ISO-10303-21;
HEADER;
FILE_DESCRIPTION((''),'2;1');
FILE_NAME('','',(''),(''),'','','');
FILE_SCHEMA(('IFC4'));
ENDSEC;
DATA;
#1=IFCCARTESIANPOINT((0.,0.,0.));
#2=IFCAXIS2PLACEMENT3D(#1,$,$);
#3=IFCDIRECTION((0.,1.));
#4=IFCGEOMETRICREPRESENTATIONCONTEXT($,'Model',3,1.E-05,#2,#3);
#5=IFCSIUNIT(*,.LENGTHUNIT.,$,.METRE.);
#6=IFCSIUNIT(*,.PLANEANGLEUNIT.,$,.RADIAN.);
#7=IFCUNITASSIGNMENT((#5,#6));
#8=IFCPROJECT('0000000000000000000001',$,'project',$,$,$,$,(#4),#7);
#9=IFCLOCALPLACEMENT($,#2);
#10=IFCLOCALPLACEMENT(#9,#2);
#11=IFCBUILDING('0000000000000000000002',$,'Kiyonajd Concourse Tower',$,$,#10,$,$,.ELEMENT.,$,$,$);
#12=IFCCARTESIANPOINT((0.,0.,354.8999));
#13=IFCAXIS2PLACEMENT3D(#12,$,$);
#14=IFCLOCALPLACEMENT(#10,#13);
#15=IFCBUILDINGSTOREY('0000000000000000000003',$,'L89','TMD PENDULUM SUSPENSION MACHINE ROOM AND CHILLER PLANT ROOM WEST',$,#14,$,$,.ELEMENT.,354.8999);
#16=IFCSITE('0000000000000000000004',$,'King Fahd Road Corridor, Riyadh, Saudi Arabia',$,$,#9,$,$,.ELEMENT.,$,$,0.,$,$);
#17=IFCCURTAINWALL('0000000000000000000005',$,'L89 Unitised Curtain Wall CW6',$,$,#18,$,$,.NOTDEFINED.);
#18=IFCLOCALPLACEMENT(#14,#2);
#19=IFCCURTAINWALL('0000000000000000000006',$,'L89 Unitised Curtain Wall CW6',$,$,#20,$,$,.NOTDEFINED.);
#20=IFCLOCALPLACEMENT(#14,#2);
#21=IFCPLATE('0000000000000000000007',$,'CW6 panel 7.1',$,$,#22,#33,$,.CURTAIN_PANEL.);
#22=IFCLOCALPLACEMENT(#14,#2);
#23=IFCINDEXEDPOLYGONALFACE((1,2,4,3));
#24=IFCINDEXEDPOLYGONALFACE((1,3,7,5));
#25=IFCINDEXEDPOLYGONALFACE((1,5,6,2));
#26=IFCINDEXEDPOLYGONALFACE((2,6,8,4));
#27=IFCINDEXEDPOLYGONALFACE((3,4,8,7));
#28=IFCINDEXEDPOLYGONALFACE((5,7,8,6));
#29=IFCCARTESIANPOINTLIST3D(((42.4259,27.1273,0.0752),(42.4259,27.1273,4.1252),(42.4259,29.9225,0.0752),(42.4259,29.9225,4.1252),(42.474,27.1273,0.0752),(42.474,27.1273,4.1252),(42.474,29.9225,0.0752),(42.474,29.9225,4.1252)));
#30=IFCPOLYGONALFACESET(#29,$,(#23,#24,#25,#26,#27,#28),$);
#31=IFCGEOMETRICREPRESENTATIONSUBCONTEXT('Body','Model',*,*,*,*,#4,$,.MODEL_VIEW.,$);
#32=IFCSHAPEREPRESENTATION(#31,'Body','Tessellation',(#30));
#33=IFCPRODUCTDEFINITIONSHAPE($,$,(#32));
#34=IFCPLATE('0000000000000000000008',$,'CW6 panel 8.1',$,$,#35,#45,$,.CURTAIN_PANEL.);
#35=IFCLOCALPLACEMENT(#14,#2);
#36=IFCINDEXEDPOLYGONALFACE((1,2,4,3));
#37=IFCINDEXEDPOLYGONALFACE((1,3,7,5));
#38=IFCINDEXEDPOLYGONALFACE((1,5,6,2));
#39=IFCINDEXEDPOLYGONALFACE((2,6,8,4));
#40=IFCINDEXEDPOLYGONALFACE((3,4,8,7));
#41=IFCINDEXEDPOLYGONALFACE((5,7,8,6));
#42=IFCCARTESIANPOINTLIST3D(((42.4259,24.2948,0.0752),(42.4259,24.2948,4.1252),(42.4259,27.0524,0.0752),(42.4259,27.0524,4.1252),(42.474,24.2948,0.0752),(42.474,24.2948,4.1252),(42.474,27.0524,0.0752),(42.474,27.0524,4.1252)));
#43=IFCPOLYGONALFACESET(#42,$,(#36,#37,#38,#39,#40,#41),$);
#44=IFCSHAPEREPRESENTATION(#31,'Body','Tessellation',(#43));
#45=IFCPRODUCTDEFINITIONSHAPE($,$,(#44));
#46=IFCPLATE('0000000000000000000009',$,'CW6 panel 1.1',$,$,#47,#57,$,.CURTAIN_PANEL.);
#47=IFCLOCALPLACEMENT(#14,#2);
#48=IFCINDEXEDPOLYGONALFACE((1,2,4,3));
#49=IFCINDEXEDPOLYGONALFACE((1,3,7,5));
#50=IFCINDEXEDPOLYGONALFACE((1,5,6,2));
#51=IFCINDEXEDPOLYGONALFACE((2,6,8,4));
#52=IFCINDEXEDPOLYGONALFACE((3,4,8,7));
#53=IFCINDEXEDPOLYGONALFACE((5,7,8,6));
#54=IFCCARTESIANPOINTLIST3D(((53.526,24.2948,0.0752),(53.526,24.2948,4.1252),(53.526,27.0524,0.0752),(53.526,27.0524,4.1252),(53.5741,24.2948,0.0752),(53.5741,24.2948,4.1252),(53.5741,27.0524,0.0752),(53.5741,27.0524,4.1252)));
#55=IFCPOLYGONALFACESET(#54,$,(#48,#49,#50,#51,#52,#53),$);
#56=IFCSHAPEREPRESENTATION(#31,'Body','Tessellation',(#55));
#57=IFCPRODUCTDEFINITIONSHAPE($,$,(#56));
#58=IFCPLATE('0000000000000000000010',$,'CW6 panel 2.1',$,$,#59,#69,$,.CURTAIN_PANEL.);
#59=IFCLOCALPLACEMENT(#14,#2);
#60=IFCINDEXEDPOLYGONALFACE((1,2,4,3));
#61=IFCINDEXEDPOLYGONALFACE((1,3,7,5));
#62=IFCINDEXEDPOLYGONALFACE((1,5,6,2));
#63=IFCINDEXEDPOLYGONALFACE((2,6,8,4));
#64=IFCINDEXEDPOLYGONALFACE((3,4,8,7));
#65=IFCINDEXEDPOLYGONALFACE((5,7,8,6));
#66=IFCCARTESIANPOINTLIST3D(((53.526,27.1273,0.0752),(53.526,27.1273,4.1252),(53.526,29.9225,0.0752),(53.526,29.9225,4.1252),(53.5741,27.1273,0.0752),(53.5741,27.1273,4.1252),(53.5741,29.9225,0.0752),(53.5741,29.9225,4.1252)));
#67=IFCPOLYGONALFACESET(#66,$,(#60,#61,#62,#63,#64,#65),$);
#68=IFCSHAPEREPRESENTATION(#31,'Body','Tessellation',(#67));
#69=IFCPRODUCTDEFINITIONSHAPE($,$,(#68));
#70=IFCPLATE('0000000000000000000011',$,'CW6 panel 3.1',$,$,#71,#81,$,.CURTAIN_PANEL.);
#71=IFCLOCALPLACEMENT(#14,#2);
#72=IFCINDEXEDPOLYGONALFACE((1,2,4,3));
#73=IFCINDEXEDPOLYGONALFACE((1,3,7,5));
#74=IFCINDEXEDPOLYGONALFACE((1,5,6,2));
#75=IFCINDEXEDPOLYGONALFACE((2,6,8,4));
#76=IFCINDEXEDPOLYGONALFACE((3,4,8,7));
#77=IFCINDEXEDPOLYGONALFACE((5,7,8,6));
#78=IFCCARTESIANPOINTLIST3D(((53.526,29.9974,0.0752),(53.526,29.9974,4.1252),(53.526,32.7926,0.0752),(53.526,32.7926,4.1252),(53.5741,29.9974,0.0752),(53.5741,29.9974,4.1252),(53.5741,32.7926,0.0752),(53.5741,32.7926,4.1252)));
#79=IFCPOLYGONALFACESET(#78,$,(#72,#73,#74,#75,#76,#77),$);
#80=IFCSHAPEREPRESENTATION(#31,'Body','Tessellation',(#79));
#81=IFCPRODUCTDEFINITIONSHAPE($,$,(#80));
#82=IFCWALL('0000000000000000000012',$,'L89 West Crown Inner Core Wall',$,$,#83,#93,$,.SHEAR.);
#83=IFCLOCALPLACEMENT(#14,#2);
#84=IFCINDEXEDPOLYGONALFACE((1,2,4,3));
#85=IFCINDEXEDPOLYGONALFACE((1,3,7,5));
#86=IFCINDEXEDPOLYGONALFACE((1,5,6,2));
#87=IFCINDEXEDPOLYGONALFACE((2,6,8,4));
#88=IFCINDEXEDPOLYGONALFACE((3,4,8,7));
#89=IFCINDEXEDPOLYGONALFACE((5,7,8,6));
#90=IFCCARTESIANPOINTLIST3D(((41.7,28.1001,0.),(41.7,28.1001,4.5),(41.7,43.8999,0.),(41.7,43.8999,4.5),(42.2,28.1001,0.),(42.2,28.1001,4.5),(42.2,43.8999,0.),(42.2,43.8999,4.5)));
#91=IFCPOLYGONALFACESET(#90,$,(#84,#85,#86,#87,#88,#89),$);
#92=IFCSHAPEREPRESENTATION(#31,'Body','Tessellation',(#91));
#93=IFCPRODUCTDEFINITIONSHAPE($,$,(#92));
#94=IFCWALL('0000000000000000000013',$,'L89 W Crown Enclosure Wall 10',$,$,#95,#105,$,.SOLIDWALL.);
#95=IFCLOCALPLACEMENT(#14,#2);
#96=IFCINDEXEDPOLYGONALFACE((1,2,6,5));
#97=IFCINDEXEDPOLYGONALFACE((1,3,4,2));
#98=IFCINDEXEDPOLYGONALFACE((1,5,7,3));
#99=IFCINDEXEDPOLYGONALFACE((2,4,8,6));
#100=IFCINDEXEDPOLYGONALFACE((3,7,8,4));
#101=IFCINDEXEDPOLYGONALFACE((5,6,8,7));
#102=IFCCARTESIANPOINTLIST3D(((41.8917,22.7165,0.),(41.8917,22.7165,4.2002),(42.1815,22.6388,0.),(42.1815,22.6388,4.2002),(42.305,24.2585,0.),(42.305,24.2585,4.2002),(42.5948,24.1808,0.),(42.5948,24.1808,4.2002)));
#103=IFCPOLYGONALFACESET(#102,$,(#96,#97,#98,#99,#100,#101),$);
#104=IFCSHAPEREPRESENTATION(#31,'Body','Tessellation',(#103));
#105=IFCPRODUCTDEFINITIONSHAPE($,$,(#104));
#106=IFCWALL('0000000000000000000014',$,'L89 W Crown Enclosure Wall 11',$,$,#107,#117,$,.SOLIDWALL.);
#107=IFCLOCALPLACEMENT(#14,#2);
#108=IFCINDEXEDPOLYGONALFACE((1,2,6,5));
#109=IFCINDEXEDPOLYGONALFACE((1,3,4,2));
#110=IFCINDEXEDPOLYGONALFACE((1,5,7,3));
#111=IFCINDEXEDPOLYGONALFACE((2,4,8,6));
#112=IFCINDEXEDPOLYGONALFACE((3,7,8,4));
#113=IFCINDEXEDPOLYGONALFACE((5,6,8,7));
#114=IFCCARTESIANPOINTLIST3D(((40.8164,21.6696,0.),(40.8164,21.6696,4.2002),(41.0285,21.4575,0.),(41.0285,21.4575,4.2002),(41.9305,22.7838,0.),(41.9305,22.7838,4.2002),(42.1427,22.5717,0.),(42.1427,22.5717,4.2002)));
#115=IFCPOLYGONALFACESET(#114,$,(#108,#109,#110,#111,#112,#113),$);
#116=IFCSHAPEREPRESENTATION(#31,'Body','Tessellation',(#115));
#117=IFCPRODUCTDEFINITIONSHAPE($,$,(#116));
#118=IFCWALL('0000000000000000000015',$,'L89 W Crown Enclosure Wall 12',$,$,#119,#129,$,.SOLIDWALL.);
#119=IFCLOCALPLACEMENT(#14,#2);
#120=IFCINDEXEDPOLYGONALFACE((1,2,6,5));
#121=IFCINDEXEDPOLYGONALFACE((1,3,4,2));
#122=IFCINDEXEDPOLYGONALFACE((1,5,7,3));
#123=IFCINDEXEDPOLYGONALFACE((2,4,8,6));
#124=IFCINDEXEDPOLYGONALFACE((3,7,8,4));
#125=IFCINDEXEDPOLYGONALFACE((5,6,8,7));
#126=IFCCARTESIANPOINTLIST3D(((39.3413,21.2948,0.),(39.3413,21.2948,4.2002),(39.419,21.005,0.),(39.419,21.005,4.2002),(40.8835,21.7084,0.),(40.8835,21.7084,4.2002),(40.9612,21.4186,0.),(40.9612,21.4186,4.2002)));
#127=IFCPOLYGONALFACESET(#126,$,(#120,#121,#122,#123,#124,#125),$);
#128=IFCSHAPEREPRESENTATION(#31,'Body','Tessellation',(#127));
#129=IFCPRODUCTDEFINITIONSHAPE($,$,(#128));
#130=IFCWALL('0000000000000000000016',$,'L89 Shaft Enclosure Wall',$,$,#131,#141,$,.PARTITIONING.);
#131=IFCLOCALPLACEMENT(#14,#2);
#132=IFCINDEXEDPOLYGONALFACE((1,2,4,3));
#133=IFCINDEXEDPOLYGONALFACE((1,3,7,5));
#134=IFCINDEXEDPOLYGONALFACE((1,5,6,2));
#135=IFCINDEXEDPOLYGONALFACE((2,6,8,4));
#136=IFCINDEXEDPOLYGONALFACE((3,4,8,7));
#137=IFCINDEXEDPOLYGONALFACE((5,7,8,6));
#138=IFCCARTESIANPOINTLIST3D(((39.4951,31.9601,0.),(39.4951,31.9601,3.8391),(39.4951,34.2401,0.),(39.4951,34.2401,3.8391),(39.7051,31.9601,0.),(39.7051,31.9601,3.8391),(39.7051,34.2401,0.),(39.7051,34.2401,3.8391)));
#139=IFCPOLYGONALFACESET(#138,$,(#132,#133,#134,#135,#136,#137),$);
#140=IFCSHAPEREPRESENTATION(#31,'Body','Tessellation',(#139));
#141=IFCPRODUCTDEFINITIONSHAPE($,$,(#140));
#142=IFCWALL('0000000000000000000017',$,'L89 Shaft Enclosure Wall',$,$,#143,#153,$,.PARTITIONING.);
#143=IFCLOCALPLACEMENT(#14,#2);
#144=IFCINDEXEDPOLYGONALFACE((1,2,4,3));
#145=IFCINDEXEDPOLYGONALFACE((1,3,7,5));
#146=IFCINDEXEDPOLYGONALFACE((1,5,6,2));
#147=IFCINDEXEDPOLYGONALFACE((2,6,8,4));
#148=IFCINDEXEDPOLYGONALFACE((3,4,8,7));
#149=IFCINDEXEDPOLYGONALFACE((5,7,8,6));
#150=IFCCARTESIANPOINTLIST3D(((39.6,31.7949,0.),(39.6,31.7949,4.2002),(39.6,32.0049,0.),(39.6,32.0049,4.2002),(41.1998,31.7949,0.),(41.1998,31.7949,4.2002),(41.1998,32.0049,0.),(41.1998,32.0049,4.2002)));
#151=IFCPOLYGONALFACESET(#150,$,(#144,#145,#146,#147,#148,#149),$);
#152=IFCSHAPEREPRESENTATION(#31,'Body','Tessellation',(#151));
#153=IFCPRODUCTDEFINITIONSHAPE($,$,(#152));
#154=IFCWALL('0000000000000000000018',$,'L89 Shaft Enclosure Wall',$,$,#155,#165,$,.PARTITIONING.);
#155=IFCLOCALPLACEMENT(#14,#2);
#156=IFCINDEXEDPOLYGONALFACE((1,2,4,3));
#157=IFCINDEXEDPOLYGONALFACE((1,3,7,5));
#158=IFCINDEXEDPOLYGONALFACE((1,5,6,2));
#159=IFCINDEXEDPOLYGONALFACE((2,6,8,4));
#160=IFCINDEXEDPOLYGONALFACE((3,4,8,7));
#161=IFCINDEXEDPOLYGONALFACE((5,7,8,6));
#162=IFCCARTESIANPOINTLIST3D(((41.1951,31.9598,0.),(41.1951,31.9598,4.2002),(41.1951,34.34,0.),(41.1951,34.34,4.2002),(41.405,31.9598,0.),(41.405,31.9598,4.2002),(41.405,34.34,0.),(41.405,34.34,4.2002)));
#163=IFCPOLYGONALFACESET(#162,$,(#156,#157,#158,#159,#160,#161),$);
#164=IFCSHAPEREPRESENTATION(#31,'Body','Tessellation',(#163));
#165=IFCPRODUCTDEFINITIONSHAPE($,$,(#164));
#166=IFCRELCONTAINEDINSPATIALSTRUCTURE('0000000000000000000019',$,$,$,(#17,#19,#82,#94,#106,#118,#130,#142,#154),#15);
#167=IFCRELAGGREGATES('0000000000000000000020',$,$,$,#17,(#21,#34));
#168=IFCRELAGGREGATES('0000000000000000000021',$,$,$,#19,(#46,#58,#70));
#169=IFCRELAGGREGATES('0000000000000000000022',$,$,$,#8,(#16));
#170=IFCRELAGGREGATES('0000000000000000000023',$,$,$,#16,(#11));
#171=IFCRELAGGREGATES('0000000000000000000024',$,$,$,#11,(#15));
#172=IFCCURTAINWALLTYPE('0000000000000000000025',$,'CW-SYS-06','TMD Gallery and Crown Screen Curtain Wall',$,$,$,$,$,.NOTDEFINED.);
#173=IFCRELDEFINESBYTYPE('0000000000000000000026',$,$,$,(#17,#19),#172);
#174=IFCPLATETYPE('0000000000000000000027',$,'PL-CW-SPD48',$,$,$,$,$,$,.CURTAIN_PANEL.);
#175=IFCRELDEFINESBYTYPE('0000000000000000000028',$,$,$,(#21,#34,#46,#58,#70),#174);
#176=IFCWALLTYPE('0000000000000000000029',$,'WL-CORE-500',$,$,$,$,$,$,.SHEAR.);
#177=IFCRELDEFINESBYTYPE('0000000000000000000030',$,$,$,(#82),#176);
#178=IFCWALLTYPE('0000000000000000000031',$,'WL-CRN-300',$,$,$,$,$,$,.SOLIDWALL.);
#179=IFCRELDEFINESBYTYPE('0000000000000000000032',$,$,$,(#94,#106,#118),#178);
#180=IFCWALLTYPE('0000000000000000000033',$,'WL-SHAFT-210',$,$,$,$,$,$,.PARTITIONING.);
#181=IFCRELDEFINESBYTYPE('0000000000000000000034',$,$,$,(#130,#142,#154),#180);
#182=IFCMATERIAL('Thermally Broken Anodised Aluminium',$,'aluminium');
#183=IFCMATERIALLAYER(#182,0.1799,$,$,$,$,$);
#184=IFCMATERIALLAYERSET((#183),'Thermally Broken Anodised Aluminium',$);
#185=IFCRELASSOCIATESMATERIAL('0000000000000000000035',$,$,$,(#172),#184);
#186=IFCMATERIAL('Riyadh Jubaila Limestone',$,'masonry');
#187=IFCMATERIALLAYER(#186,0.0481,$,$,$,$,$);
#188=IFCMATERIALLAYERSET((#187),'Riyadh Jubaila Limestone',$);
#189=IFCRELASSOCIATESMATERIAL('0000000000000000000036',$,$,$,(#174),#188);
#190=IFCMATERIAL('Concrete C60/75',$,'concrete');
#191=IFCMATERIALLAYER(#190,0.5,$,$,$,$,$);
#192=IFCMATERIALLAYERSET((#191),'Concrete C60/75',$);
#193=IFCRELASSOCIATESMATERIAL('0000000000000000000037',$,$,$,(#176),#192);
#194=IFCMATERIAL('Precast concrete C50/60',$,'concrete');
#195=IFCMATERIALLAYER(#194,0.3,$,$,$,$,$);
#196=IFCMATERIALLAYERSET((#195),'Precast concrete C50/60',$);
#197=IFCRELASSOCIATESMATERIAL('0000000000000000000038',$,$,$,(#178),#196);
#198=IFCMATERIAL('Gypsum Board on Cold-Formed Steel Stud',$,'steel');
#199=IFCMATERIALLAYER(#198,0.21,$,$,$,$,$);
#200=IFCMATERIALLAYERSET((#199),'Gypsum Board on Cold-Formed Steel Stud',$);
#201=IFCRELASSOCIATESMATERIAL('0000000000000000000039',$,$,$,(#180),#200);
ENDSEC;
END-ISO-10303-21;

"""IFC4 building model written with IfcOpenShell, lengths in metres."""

from ifc_helpers import new_model, si_unit, direction, frame, frame_2d, origin, origin_2d, place, context, subcontext, project, spatial, rectangle, extrude, material, layer, layer_set, type_object, element, aggregate, save


model = new_model("IFC4")

# Units and contexts
model_context = context("Model", 3, precision=1e-05, world=origin(), true_north=direction((0.0, 1.0)))
body_context = subcontext(model_context, "Body", "Model", "MODEL_VIEW")
ifc_project = project(units=[si_unit("LENGTHUNIT", "METRE"), si_unit("PLANEANGLEUNIT", "RADIAN")], contexts=[model_context])

# Site, building, storey
site_placement = place(None, origin())
site = spatial("IfcSite", under=ifc_project, at=site_placement, Name="King Fahd Road Corridor, Riyadh, Saudi Arabia", CompositionType="ELEMENT", RefElevation=0.0)
building_placement = place(site_placement, origin())
building = spatial("IfcBuilding", under=site, at=building_placement, Name="Kiyonajd Concourse Tower", CompositionType="ELEMENT")
storey_placement = place(building_placement, frame((0.0, 0.0, 354.8999)))
storey = spatial("IfcBuildingStorey", under=building, at=storey_placement, Name="L89", Description="TMD PENDULUM SUSPENSION MACHINE ROOM AND CHILLER PLANT ROOM WEST", CompositionType="ELEMENT", Elevation=354.8999)

# Curtain walls
ifc_material_1 = material(Name="Thermally Broken Anodised Aluminium", Category="aluminium")
ifc_layer_1 = layer(ifc_material_1, 0.1799)
ifc_layer_set_1 = layer_set([ifc_layer_1], Name="Thermally Broken Anodised Aluminium")
curtain_wall_type = type_object("IfcCurtainWallType", Name="CW-SYS-06", Description="TMD Gallery and Crown Screen Curtain Wall", PredefinedType="NOTDEFINED", material=ifc_layer_set_1)
curtain_wall_1_placement = place(storey_placement, origin())
curtain_wall_1 = element("IfcCurtainWall", 1, at=curtain_wall_1_placement, inside=storey, type_object=curtain_wall_type, Name="L89 Unitised Curtain Wall CW6", PredefinedType="NOTDEFINED")
curtain_wall_2_placement = place(storey_placement, origin())
curtain_wall_2 = element("IfcCurtainWall", 2, at=curtain_wall_2_placement, inside=storey, type_object=curtain_wall_type, Name="L89 Unitised Curtain Wall CW6", PredefinedType="NOTDEFINED")

# Plates
ifc_material_2 = material(Name="Riyadh Jubaila Limestone", Category="masonry")
ifc_layer_2 = layer(ifc_material_2, 0.0481)
ifc_layer_set_2 = layer_set([ifc_layer_2], Name="Riyadh Jubaila Limestone")
plate_type = type_object("IfcPlateType", Name="PL-CW-SPD48", PredefinedType="CURTAIN_PANEL", material=ifc_layer_set_2)
plate_1_placement = place(storey_placement, frame((42.45, 28.5249, 0.0752), z_axis=(0.0, 0.0, 1.0), x_axis=(0.0, -1.0, 0.0)))
plate_1 = element("IfcPlate", 3, at=plate_1_placement, type_object=plate_type, Name="CW6 panel 7.1", PredefinedType="CURTAIN_PANEL", context=body_context, shape_type="SweptSolid", body=[
    extrude(rectangle(XDim=2.7952, YDim=0.0481, at=origin_2d()), origin(), (0.0, 0.0, 1.0), 4.05),
])
plate_2_placement = place(storey_placement, frame((42.45, 25.6736, 0.0752), z_axis=(0.0, 0.0, 1.0), x_axis=(0.0, -1.0, 0.0)))
plate_2 = element("IfcPlate", 4, at=plate_2_placement, type_object=plate_type, Name="CW6 panel 8.1", PredefinedType="CURTAIN_PANEL", context=body_context, shape_type="SweptSolid", body=[
    extrude(rectangle(XDim=2.7576, YDim=0.0481, at=origin_2d()), origin(), (0.0, 0.0, 1.0), 4.05),
])
aggregate(curtain_wall_1, [plate_1, plate_2])
plate_3_placement = place(storey_placement, frame((53.55, 25.6736, 0.0752), z_axis=(0.0, 0.0, 1.0), x_axis=(0.0, 1.0, 0.0)))
plate_3 = element("IfcPlate", 5, at=plate_3_placement, type_object=plate_type, Name="CW6 panel 1.1", PredefinedType="CURTAIN_PANEL", context=body_context, shape_type="SweptSolid", body=[
    extrude(rectangle(XDim=2.7576, YDim=0.0481, at=origin_2d()), origin(), (0.0, 0.0, 1.0), 4.05),
])
plate_4_placement = place(storey_placement, frame((53.55, 28.5249, 0.0752), z_axis=(0.0, 0.0, 1.0), x_axis=(0.0, 1.0, 0.0)))
plate_4 = element("IfcPlate", 6, at=plate_4_placement, type_object=plate_type, Name="CW6 panel 2.1", PredefinedType="CURTAIN_PANEL", context=body_context, shape_type="SweptSolid", body=[
    extrude(rectangle(XDim=2.7952, YDim=0.0481, at=origin_2d()), origin(), (0.0, 0.0, 1.0), 4.05),
])
plate_5_placement = place(storey_placement, frame((53.55, 31.395, 0.0752), z_axis=(0.0, 0.0, 1.0), x_axis=(0.0, 1.0, 0.0)))
plate_5 = element("IfcPlate", 7, at=plate_5_placement, type_object=plate_type, Name="CW6 panel 3.1", PredefinedType="CURTAIN_PANEL", context=body_context, shape_type="SweptSolid", body=[
    extrude(rectangle(XDim=2.7952, YDim=0.0481, at=origin_2d()), origin(), (0.0, 0.0, 1.0), 4.05),
])
aggregate(curtain_wall_2, [plate_3, plate_4, plate_5])

# Walls
ifc_material_3 = material(Name="Concrete C60/75", Category="concrete")
ifc_layer_3 = layer(ifc_material_3, 0.5)
ifc_layer_set_3 = layer_set([ifc_layer_3], Name="Concrete C60/75")
wall_type_1 = type_object("IfcWallType", Name="WL-CORE-500", PredefinedType="SHEAR", material=ifc_layer_set_3)
wall_1_placement = place(storey_placement, frame((41.95, 28.1001, 0.0), z_axis=(0.0, 0.0, 1.0), x_axis=(0.0, 1.0, 0.0)))
element("IfcWall", 8, at=wall_1_placement, inside=storey, type_object=wall_type_1, Name="L89 West Crown Inner Core Wall", PredefinedType="SHEAR", context=body_context, shape_type="SweptSolid", body=[
    extrude(rectangle(XDim=15.7998, YDim=0.5, at=frame_2d((7.8999, 0.0))), origin(), (0.0, 0.0, 1.0), 4.5),
])
ifc_material_4 = material(Name="Precast concrete C50/60", Category="concrete")
ifc_layer_4 = layer(ifc_material_4, 0.3)
ifc_layer_set_4 = layer_set([ifc_layer_4], Name="Precast concrete C50/60")
wall_type_2 = type_object("IfcWallType", Name="WL-CRN-300", PredefinedType="SOLIDWALL", material=ifc_layer_set_4)
wall_2_placement = place(storey_placement, frame((42.45, 24.2197, 0.0), z_axis=(0.0, 0.0, 1.0), x_axis=(-0.258909, -0.965902, 0.0)))
element("IfcWall", 9, at=wall_2_placement, inside=storey, type_object=wall_type_2, Name="L89 W Crown Enclosure Wall 10", PredefinedType="SOLIDWALL", context=body_context, shape_type="SweptSolid", body=[
    extrude(rectangle(XDim=1.5964, YDim=0.3, at=frame_2d((0.7983, 0.0))), origin(), (0.0, 0.0, 1.0), 4.2002),
])
wall_3_placement = place(storey_placement, frame((42.0366, 22.6777, 0.0), z_axis=(0.0, 0.0, 1.0), x_axis=(-0.707107, -0.707107, 0.0)))
element("IfcWall", 10, at=wall_3_placement, inside=storey, type_object=wall_type_2, Name="L89 W Crown Enclosure Wall 11", PredefinedType="SOLIDWALL", context=body_context, shape_type="SweptSolid", body=[
    extrude(rectangle(XDim=1.5757, YDim=0.3, at=frame_2d((0.7878, 0.0))), origin(), (0.0, 0.0, 1.0), 4.2002),
])
wall_4_placement = place(storey_placement, frame((40.9224, 21.5635, 0.0), z_axis=(0.0, 0.0, 1.0), x_axis=(-0.965874, -0.259014, 0.0)))
element("IfcWall", 11, at=wall_4_placement, inside=storey, type_object=wall_type_2, Name="L89 W Crown Enclosure Wall 12", PredefinedType="SOLIDWALL", context=body_context, shape_type="SweptSolid", body=[
    extrude(rectangle(XDim=1.5967, YDim=0.3, at=frame_2d((0.7983, 0.0))), origin(), (0.0, 0.0, 1.0), 4.2002),
])
ifc_material_5 = material(Name="Gypsum Board on Cold-Formed Steel Stud", Category="steel")
ifc_layer_5 = layer(ifc_material_5, 0.21)
ifc_layer_set_5 = layer_set([ifc_layer_5], Name="Gypsum Board on Cold-Formed Steel Stud")
wall_type_3 = type_object("IfcWallType", Name="WL-SHAFT-210", PredefinedType="PARTITIONING", material=ifc_layer_set_5)
wall_5_placement = place(storey_placement, frame((39.6001, 31.96, 0.0), z_axis=(0.0, 0.0, 1.0), x_axis=(0.0, 1.0, 0.0)))
element("IfcWall", 12, at=wall_5_placement, inside=storey, type_object=wall_type_3, Name="L89 Shaft Enclosure Wall", PredefinedType="PARTITIONING", context=body_context, shape_type="SweptSolid", body=[
    extrude(rectangle(XDim=2.28, YDim=0.21, at=frame_2d((1.1401, 0.0))), origin(), (0.0, 0.0, 1.0), 3.8391),
])
wall_6_placement = place(storey_placement, frame((39.6001, 31.8999, 0.0), z_axis=(0.0, 0.0, 1.0), x_axis=(1.0, 0.0, 0.0)))
element("IfcWall", 13, at=wall_6_placement, inside=storey, type_object=wall_type_3, Name="L89 Shaft Enclosure Wall", PredefinedType="PARTITIONING", context=body_context, shape_type="SweptSolid", body=[
    extrude(rectangle(XDim=1.5999, YDim=0.21, at=frame_2d((0.7998, 0.0))), origin(), (0.0, 0.0, 1.0), 4.2002),
])
wall_7_placement = place(storey_placement, frame((41.3, 31.96, 0.0), z_axis=(0.0, 0.0, 1.0), x_axis=(0.0, 1.0, 0.0)))
element("IfcWall", 14, at=wall_7_placement, inside=storey, type_object=wall_type_3, Name="L89 Shaft Enclosure Wall", PredefinedType="PARTITIONING", context=body_context, shape_type="SweptSolid", body=[
    extrude(rectangle(XDim=2.3801, YDim=0.21, at=frame_2d((1.1899, 0.0))), origin(), (0.0, 0.0, 1.0), 4.2002),
])

save(model, "model.ifc")
